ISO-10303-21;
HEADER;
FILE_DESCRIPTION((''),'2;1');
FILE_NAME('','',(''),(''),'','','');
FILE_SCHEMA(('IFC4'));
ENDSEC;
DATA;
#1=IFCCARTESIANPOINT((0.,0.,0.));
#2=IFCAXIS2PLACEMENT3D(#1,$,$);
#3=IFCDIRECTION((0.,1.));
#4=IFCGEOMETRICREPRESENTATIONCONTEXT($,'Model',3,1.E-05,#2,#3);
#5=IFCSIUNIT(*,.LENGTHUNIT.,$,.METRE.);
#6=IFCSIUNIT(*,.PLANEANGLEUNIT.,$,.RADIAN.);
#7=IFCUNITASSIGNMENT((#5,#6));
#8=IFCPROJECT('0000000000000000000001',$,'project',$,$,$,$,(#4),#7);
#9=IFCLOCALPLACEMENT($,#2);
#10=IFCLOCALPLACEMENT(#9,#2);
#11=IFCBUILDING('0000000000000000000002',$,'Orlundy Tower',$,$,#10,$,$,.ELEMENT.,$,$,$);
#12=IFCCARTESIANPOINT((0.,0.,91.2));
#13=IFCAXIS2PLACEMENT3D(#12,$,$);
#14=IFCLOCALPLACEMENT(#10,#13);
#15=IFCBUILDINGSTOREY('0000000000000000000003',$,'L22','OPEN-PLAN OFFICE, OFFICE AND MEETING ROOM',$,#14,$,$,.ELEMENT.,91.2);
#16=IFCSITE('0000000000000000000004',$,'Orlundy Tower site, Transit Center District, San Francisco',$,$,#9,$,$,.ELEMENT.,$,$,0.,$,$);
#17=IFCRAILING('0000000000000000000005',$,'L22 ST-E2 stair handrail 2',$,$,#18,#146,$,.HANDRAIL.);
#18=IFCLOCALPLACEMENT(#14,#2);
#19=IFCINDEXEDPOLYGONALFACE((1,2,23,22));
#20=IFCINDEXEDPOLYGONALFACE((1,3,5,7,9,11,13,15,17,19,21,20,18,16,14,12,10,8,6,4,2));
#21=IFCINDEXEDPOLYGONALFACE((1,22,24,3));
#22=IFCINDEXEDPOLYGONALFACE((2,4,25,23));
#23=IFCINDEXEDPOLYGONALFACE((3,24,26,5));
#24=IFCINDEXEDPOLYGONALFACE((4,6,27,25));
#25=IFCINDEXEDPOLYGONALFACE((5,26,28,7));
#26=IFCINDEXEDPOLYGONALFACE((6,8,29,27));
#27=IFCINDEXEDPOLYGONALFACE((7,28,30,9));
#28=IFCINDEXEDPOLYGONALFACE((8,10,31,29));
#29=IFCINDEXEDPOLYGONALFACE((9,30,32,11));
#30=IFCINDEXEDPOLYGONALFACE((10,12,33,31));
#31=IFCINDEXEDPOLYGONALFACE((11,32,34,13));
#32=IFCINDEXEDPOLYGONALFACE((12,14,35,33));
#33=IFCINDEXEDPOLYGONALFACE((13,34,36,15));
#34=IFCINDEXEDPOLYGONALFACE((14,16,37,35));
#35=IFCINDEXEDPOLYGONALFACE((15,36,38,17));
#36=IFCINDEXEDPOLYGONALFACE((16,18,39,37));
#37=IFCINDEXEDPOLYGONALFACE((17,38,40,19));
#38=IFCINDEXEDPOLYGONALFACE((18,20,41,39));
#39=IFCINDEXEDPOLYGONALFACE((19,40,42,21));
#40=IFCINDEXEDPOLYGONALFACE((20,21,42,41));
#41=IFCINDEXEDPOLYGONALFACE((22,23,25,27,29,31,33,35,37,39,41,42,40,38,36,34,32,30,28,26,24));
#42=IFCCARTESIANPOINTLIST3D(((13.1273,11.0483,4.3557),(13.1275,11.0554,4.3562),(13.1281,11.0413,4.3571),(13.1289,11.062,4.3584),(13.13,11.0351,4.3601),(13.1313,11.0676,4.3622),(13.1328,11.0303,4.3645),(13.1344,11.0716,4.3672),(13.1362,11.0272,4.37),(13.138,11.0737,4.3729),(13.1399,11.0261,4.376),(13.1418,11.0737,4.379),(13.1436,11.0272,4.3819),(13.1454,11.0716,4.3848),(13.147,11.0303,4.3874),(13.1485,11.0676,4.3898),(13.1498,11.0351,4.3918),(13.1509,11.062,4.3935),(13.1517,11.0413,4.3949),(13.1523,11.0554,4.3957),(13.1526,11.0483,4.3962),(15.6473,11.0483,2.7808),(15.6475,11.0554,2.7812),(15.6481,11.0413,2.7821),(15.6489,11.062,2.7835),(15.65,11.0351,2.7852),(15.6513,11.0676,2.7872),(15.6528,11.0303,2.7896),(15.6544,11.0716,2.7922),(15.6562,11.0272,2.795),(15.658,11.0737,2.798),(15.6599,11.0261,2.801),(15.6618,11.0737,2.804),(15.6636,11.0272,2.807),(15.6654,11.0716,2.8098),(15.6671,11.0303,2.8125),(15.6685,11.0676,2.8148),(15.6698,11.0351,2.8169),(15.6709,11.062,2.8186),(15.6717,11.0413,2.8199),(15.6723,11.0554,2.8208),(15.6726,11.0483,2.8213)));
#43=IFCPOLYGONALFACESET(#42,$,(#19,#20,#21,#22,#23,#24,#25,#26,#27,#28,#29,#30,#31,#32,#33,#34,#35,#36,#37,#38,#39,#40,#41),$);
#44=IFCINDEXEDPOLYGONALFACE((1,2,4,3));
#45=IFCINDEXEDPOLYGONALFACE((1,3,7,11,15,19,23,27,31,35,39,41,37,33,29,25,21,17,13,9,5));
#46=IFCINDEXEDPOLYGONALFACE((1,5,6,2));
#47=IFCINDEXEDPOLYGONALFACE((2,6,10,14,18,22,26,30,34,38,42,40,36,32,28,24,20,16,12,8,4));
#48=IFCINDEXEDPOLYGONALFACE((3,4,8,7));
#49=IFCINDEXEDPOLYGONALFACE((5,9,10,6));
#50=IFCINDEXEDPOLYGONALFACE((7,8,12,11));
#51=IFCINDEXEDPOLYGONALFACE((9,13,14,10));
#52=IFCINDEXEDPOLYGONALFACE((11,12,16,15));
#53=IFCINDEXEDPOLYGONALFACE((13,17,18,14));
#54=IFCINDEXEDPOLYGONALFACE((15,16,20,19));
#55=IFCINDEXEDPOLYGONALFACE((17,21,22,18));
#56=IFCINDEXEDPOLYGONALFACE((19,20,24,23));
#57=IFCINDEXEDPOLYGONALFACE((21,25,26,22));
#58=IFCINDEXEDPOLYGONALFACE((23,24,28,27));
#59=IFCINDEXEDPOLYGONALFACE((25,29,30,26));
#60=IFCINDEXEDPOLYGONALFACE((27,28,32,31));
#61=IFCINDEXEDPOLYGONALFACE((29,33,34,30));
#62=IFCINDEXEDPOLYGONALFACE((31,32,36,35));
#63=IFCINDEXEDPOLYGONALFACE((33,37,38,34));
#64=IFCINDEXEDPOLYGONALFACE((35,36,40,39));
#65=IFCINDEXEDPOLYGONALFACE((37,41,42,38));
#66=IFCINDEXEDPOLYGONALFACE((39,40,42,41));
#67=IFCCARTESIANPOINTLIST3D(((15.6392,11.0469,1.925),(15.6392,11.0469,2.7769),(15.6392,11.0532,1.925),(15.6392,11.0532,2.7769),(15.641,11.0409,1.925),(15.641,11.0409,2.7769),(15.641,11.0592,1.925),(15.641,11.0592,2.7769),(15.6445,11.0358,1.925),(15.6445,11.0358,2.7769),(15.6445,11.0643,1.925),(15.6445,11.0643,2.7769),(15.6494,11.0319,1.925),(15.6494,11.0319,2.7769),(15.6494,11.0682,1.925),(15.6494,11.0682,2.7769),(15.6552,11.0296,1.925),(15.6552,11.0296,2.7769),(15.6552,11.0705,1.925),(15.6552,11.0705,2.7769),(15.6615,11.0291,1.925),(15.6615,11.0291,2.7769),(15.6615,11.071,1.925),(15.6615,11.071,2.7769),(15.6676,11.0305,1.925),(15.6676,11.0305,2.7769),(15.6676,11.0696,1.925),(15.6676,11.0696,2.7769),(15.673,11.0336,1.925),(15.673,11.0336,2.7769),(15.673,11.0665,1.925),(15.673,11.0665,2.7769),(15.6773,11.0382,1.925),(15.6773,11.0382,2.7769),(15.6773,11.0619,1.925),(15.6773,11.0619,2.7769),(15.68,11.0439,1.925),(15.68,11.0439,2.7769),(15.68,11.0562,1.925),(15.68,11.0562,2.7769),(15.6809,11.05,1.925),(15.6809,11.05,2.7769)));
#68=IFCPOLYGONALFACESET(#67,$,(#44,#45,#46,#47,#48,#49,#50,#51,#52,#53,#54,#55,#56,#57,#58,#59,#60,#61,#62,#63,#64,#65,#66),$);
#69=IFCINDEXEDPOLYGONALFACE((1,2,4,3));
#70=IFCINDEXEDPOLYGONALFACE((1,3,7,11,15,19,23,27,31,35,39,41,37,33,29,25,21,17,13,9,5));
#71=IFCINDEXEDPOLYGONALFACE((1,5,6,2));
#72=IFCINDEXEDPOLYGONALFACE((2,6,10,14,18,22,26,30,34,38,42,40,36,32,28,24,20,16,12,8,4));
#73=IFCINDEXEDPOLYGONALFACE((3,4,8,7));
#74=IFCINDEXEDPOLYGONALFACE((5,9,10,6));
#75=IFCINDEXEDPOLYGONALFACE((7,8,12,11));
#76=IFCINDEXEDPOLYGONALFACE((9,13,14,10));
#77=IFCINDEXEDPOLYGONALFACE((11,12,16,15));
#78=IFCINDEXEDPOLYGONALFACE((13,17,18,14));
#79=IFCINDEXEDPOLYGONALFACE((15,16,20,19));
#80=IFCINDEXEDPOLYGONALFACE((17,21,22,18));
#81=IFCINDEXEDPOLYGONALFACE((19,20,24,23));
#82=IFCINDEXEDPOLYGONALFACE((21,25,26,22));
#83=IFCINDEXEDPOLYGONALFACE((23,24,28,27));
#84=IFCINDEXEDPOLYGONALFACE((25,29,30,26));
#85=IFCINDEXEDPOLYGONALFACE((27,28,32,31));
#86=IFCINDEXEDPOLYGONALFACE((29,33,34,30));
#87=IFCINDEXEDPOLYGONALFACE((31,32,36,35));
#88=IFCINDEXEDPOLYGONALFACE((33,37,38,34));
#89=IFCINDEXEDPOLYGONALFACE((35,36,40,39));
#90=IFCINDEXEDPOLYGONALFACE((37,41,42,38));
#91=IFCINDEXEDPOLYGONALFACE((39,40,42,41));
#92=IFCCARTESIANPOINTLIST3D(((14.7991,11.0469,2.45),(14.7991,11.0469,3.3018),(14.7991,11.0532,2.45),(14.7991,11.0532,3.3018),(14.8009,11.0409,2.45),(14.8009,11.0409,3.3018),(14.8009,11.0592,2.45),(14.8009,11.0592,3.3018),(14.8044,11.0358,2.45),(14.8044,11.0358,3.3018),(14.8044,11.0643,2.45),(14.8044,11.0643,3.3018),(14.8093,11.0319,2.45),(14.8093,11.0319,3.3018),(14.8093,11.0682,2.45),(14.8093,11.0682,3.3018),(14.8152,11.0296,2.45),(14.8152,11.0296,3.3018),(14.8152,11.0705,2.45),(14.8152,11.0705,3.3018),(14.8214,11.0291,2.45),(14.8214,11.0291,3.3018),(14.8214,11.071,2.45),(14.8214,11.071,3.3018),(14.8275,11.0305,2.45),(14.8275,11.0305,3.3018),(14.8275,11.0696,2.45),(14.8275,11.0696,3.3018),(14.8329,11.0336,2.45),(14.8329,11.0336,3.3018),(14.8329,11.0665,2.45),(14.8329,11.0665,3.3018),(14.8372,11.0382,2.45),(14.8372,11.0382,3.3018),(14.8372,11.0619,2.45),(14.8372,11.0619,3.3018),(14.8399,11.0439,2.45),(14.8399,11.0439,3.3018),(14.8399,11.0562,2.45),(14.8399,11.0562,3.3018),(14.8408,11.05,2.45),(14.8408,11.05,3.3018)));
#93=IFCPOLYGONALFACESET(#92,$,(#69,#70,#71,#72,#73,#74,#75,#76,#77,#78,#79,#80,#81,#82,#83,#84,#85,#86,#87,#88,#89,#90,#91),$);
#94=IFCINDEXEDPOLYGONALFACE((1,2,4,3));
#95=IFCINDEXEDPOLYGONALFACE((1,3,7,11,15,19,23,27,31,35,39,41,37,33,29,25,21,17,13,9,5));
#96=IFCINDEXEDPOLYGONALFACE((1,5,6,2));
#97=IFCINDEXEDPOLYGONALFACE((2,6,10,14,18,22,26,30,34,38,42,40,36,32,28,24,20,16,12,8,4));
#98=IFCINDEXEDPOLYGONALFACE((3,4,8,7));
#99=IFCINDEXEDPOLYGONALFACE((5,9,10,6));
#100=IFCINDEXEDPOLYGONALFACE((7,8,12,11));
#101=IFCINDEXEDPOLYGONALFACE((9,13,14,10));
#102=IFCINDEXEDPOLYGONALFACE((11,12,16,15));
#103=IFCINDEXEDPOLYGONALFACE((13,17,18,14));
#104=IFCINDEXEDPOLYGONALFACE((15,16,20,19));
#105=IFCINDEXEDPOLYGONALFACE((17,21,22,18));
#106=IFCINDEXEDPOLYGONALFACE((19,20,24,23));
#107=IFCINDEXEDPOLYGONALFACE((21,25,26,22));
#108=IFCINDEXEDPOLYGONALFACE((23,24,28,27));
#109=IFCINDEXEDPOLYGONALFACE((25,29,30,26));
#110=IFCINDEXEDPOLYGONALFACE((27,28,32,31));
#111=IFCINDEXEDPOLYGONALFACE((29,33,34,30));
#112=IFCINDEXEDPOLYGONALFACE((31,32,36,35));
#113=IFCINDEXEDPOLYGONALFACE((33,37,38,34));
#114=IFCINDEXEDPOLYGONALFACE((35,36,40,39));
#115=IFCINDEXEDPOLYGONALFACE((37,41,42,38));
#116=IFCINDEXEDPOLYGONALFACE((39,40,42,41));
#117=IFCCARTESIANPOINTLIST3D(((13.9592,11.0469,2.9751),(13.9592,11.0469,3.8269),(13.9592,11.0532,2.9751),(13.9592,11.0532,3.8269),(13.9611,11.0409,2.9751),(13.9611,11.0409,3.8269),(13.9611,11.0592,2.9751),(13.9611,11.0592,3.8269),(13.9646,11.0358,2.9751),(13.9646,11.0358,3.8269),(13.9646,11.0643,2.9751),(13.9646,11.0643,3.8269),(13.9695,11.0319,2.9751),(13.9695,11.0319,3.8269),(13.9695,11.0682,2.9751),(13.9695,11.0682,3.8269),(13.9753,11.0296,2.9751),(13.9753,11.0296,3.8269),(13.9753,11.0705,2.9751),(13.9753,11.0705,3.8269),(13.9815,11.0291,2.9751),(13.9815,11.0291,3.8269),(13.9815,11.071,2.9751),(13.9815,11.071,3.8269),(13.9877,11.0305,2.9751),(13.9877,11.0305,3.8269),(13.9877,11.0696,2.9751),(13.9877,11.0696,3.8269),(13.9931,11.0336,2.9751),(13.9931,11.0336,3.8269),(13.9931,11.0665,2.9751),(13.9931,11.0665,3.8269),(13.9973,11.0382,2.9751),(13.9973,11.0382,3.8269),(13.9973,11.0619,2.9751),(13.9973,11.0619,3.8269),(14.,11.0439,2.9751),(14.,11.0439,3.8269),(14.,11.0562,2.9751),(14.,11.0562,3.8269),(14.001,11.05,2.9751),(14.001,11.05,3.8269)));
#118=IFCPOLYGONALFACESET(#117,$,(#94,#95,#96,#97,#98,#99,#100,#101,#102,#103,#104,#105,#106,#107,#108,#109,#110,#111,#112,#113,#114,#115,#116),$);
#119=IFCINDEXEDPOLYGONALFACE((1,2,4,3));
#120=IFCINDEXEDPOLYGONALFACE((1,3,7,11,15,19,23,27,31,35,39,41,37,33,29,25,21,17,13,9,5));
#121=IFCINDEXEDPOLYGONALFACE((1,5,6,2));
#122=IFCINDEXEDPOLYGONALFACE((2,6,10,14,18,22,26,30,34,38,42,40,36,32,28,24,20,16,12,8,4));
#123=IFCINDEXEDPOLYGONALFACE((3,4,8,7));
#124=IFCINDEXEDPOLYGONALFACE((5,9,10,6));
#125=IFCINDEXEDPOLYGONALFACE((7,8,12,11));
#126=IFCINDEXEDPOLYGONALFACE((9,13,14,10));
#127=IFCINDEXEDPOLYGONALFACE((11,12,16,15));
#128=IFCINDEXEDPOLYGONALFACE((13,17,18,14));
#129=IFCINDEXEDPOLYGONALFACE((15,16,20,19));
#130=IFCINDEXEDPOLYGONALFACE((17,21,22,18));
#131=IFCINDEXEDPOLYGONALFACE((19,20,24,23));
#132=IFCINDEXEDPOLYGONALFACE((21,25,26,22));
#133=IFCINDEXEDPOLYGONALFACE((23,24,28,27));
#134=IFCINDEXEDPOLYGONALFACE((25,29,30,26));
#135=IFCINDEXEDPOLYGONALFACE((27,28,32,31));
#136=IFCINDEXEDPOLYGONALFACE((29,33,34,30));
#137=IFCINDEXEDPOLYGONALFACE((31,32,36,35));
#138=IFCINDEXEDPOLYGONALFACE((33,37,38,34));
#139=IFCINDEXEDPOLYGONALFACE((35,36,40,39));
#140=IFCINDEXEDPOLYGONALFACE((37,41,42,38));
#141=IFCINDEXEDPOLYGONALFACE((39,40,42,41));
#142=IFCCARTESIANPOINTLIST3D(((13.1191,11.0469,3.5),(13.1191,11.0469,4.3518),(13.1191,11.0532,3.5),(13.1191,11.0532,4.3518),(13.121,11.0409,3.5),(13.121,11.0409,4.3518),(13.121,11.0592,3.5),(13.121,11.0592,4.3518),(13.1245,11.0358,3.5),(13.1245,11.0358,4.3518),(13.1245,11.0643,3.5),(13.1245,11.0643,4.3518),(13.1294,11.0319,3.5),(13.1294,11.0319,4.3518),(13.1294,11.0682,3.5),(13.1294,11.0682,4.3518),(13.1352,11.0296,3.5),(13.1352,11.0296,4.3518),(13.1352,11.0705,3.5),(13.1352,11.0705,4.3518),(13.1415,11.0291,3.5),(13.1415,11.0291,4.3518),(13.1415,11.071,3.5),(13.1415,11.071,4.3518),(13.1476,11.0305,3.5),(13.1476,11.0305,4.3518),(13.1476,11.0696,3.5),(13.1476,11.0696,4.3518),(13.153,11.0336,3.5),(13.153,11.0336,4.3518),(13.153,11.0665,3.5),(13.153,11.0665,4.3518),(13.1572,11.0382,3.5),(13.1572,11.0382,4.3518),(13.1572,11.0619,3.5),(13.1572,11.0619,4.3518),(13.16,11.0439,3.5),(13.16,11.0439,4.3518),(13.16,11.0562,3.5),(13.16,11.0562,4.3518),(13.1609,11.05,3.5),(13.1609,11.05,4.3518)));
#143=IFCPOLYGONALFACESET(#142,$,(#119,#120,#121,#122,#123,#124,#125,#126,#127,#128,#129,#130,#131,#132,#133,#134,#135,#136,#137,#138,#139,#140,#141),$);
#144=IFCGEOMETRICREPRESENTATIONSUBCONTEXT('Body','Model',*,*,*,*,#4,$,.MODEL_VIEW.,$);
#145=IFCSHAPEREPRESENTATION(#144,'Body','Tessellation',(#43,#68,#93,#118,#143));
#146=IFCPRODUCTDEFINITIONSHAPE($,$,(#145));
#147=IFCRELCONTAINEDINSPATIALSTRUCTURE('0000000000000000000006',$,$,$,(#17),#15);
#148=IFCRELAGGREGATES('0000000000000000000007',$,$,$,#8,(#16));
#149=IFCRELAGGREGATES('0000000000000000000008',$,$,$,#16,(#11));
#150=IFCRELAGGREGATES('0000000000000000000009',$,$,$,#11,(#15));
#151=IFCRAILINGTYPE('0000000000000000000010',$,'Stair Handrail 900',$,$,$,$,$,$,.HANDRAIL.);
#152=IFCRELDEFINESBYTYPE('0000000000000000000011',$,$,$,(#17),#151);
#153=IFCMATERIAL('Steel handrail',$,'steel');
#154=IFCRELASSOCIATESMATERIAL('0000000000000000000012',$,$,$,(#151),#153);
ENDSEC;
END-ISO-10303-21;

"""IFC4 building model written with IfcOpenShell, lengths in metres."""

from ifc_helpers import new_model, si_unit, direction, frame, origin, origin_2d, place, context, subcontext, project, spatial, circle, extrude, material, type_object, element, save


model = new_model("IFC4")

# Units and contexts
model_context = context("Model", 3, precision=1e-05, world=origin(), true_north=direction((0.0, 1.0)))
body_context = subcontext(model_context, "Body", "Model", "MODEL_VIEW")
ifc_project = project(units=[si_unit("LENGTHUNIT", "METRE"), si_unit("PLANEANGLEUNIT", "RADIAN")], contexts=[model_context])

# Site, building, storey
site_placement = place(None, origin())
site = spatial("IfcSite", under=ifc_project, at=site_placement, Name="Orlundy Tower site, Transit Center District, San Francisco", CompositionType="ELEMENT", RefElevation=0.0)
building_placement = place(site_placement, origin())
building = spatial("IfcBuilding", under=site, at=building_placement, Name="Orlundy Tower", CompositionType="ELEMENT")
storey_placement = place(building_placement, frame((0.0, 0.0, 91.2)))
storey = spatial("IfcBuildingStorey", under=building, at=storey_placement, Name="L22", Description="OPEN-PLAN OFFICE, OFFICE AND MEETING ROOM", CompositionType="ELEMENT", Elevation=91.2)

# Railing
ifc_material_1 = material(Name="Steel handrail", Category="steel")
railing_type_1 = type_object("IfcRailingType", Name="Stair Handrail 900", PredefinedType="HANDRAIL", material=ifc_material_1)
railing_1_placement = place(storey_placement, frame((15.6599, 11.05, 1.925)))
element("IfcRailing", 1, at=railing_1_placement, inside=storey, type_object=railing_type_1, Name="L22 ST-E2 stair handrail 2", PredefinedType="HANDRAIL", context=body_context, shape_type="SweptSolid", body=[
    extrude(circle(Radius=0.0239, at=origin_2d()), frame((0.0, 0.0, 0.876), z_axis=(-0.848008, 0.0, 0.529984), x_axis=(0.0, -1.0, 0.0)), (0.0, 0.0, 1.0), 2.9717),
    extrude(circle(Radius=0.021, at=origin_2d()), origin(), (0.0, 0.0, 1.0), 0.8518),
    extrude(circle(Radius=0.021, at=origin_2d()), frame((-0.8401, 0.0, 0.5249)), (0.0, 0.0, 1.0), 0.8518),
    extrude(circle(Radius=0.021, at=origin_2d()), frame((-1.6799, 0.0, 1.05)), (0.0, 0.0, 1.0), 0.8518),
    extrude(circle(Radius=0.021, at=origin_2d()), frame((-2.52, 0.0, 1.575)), (0.0, 0.0, 1.0), 0.8518),
])

save(model, "model.ifc")
